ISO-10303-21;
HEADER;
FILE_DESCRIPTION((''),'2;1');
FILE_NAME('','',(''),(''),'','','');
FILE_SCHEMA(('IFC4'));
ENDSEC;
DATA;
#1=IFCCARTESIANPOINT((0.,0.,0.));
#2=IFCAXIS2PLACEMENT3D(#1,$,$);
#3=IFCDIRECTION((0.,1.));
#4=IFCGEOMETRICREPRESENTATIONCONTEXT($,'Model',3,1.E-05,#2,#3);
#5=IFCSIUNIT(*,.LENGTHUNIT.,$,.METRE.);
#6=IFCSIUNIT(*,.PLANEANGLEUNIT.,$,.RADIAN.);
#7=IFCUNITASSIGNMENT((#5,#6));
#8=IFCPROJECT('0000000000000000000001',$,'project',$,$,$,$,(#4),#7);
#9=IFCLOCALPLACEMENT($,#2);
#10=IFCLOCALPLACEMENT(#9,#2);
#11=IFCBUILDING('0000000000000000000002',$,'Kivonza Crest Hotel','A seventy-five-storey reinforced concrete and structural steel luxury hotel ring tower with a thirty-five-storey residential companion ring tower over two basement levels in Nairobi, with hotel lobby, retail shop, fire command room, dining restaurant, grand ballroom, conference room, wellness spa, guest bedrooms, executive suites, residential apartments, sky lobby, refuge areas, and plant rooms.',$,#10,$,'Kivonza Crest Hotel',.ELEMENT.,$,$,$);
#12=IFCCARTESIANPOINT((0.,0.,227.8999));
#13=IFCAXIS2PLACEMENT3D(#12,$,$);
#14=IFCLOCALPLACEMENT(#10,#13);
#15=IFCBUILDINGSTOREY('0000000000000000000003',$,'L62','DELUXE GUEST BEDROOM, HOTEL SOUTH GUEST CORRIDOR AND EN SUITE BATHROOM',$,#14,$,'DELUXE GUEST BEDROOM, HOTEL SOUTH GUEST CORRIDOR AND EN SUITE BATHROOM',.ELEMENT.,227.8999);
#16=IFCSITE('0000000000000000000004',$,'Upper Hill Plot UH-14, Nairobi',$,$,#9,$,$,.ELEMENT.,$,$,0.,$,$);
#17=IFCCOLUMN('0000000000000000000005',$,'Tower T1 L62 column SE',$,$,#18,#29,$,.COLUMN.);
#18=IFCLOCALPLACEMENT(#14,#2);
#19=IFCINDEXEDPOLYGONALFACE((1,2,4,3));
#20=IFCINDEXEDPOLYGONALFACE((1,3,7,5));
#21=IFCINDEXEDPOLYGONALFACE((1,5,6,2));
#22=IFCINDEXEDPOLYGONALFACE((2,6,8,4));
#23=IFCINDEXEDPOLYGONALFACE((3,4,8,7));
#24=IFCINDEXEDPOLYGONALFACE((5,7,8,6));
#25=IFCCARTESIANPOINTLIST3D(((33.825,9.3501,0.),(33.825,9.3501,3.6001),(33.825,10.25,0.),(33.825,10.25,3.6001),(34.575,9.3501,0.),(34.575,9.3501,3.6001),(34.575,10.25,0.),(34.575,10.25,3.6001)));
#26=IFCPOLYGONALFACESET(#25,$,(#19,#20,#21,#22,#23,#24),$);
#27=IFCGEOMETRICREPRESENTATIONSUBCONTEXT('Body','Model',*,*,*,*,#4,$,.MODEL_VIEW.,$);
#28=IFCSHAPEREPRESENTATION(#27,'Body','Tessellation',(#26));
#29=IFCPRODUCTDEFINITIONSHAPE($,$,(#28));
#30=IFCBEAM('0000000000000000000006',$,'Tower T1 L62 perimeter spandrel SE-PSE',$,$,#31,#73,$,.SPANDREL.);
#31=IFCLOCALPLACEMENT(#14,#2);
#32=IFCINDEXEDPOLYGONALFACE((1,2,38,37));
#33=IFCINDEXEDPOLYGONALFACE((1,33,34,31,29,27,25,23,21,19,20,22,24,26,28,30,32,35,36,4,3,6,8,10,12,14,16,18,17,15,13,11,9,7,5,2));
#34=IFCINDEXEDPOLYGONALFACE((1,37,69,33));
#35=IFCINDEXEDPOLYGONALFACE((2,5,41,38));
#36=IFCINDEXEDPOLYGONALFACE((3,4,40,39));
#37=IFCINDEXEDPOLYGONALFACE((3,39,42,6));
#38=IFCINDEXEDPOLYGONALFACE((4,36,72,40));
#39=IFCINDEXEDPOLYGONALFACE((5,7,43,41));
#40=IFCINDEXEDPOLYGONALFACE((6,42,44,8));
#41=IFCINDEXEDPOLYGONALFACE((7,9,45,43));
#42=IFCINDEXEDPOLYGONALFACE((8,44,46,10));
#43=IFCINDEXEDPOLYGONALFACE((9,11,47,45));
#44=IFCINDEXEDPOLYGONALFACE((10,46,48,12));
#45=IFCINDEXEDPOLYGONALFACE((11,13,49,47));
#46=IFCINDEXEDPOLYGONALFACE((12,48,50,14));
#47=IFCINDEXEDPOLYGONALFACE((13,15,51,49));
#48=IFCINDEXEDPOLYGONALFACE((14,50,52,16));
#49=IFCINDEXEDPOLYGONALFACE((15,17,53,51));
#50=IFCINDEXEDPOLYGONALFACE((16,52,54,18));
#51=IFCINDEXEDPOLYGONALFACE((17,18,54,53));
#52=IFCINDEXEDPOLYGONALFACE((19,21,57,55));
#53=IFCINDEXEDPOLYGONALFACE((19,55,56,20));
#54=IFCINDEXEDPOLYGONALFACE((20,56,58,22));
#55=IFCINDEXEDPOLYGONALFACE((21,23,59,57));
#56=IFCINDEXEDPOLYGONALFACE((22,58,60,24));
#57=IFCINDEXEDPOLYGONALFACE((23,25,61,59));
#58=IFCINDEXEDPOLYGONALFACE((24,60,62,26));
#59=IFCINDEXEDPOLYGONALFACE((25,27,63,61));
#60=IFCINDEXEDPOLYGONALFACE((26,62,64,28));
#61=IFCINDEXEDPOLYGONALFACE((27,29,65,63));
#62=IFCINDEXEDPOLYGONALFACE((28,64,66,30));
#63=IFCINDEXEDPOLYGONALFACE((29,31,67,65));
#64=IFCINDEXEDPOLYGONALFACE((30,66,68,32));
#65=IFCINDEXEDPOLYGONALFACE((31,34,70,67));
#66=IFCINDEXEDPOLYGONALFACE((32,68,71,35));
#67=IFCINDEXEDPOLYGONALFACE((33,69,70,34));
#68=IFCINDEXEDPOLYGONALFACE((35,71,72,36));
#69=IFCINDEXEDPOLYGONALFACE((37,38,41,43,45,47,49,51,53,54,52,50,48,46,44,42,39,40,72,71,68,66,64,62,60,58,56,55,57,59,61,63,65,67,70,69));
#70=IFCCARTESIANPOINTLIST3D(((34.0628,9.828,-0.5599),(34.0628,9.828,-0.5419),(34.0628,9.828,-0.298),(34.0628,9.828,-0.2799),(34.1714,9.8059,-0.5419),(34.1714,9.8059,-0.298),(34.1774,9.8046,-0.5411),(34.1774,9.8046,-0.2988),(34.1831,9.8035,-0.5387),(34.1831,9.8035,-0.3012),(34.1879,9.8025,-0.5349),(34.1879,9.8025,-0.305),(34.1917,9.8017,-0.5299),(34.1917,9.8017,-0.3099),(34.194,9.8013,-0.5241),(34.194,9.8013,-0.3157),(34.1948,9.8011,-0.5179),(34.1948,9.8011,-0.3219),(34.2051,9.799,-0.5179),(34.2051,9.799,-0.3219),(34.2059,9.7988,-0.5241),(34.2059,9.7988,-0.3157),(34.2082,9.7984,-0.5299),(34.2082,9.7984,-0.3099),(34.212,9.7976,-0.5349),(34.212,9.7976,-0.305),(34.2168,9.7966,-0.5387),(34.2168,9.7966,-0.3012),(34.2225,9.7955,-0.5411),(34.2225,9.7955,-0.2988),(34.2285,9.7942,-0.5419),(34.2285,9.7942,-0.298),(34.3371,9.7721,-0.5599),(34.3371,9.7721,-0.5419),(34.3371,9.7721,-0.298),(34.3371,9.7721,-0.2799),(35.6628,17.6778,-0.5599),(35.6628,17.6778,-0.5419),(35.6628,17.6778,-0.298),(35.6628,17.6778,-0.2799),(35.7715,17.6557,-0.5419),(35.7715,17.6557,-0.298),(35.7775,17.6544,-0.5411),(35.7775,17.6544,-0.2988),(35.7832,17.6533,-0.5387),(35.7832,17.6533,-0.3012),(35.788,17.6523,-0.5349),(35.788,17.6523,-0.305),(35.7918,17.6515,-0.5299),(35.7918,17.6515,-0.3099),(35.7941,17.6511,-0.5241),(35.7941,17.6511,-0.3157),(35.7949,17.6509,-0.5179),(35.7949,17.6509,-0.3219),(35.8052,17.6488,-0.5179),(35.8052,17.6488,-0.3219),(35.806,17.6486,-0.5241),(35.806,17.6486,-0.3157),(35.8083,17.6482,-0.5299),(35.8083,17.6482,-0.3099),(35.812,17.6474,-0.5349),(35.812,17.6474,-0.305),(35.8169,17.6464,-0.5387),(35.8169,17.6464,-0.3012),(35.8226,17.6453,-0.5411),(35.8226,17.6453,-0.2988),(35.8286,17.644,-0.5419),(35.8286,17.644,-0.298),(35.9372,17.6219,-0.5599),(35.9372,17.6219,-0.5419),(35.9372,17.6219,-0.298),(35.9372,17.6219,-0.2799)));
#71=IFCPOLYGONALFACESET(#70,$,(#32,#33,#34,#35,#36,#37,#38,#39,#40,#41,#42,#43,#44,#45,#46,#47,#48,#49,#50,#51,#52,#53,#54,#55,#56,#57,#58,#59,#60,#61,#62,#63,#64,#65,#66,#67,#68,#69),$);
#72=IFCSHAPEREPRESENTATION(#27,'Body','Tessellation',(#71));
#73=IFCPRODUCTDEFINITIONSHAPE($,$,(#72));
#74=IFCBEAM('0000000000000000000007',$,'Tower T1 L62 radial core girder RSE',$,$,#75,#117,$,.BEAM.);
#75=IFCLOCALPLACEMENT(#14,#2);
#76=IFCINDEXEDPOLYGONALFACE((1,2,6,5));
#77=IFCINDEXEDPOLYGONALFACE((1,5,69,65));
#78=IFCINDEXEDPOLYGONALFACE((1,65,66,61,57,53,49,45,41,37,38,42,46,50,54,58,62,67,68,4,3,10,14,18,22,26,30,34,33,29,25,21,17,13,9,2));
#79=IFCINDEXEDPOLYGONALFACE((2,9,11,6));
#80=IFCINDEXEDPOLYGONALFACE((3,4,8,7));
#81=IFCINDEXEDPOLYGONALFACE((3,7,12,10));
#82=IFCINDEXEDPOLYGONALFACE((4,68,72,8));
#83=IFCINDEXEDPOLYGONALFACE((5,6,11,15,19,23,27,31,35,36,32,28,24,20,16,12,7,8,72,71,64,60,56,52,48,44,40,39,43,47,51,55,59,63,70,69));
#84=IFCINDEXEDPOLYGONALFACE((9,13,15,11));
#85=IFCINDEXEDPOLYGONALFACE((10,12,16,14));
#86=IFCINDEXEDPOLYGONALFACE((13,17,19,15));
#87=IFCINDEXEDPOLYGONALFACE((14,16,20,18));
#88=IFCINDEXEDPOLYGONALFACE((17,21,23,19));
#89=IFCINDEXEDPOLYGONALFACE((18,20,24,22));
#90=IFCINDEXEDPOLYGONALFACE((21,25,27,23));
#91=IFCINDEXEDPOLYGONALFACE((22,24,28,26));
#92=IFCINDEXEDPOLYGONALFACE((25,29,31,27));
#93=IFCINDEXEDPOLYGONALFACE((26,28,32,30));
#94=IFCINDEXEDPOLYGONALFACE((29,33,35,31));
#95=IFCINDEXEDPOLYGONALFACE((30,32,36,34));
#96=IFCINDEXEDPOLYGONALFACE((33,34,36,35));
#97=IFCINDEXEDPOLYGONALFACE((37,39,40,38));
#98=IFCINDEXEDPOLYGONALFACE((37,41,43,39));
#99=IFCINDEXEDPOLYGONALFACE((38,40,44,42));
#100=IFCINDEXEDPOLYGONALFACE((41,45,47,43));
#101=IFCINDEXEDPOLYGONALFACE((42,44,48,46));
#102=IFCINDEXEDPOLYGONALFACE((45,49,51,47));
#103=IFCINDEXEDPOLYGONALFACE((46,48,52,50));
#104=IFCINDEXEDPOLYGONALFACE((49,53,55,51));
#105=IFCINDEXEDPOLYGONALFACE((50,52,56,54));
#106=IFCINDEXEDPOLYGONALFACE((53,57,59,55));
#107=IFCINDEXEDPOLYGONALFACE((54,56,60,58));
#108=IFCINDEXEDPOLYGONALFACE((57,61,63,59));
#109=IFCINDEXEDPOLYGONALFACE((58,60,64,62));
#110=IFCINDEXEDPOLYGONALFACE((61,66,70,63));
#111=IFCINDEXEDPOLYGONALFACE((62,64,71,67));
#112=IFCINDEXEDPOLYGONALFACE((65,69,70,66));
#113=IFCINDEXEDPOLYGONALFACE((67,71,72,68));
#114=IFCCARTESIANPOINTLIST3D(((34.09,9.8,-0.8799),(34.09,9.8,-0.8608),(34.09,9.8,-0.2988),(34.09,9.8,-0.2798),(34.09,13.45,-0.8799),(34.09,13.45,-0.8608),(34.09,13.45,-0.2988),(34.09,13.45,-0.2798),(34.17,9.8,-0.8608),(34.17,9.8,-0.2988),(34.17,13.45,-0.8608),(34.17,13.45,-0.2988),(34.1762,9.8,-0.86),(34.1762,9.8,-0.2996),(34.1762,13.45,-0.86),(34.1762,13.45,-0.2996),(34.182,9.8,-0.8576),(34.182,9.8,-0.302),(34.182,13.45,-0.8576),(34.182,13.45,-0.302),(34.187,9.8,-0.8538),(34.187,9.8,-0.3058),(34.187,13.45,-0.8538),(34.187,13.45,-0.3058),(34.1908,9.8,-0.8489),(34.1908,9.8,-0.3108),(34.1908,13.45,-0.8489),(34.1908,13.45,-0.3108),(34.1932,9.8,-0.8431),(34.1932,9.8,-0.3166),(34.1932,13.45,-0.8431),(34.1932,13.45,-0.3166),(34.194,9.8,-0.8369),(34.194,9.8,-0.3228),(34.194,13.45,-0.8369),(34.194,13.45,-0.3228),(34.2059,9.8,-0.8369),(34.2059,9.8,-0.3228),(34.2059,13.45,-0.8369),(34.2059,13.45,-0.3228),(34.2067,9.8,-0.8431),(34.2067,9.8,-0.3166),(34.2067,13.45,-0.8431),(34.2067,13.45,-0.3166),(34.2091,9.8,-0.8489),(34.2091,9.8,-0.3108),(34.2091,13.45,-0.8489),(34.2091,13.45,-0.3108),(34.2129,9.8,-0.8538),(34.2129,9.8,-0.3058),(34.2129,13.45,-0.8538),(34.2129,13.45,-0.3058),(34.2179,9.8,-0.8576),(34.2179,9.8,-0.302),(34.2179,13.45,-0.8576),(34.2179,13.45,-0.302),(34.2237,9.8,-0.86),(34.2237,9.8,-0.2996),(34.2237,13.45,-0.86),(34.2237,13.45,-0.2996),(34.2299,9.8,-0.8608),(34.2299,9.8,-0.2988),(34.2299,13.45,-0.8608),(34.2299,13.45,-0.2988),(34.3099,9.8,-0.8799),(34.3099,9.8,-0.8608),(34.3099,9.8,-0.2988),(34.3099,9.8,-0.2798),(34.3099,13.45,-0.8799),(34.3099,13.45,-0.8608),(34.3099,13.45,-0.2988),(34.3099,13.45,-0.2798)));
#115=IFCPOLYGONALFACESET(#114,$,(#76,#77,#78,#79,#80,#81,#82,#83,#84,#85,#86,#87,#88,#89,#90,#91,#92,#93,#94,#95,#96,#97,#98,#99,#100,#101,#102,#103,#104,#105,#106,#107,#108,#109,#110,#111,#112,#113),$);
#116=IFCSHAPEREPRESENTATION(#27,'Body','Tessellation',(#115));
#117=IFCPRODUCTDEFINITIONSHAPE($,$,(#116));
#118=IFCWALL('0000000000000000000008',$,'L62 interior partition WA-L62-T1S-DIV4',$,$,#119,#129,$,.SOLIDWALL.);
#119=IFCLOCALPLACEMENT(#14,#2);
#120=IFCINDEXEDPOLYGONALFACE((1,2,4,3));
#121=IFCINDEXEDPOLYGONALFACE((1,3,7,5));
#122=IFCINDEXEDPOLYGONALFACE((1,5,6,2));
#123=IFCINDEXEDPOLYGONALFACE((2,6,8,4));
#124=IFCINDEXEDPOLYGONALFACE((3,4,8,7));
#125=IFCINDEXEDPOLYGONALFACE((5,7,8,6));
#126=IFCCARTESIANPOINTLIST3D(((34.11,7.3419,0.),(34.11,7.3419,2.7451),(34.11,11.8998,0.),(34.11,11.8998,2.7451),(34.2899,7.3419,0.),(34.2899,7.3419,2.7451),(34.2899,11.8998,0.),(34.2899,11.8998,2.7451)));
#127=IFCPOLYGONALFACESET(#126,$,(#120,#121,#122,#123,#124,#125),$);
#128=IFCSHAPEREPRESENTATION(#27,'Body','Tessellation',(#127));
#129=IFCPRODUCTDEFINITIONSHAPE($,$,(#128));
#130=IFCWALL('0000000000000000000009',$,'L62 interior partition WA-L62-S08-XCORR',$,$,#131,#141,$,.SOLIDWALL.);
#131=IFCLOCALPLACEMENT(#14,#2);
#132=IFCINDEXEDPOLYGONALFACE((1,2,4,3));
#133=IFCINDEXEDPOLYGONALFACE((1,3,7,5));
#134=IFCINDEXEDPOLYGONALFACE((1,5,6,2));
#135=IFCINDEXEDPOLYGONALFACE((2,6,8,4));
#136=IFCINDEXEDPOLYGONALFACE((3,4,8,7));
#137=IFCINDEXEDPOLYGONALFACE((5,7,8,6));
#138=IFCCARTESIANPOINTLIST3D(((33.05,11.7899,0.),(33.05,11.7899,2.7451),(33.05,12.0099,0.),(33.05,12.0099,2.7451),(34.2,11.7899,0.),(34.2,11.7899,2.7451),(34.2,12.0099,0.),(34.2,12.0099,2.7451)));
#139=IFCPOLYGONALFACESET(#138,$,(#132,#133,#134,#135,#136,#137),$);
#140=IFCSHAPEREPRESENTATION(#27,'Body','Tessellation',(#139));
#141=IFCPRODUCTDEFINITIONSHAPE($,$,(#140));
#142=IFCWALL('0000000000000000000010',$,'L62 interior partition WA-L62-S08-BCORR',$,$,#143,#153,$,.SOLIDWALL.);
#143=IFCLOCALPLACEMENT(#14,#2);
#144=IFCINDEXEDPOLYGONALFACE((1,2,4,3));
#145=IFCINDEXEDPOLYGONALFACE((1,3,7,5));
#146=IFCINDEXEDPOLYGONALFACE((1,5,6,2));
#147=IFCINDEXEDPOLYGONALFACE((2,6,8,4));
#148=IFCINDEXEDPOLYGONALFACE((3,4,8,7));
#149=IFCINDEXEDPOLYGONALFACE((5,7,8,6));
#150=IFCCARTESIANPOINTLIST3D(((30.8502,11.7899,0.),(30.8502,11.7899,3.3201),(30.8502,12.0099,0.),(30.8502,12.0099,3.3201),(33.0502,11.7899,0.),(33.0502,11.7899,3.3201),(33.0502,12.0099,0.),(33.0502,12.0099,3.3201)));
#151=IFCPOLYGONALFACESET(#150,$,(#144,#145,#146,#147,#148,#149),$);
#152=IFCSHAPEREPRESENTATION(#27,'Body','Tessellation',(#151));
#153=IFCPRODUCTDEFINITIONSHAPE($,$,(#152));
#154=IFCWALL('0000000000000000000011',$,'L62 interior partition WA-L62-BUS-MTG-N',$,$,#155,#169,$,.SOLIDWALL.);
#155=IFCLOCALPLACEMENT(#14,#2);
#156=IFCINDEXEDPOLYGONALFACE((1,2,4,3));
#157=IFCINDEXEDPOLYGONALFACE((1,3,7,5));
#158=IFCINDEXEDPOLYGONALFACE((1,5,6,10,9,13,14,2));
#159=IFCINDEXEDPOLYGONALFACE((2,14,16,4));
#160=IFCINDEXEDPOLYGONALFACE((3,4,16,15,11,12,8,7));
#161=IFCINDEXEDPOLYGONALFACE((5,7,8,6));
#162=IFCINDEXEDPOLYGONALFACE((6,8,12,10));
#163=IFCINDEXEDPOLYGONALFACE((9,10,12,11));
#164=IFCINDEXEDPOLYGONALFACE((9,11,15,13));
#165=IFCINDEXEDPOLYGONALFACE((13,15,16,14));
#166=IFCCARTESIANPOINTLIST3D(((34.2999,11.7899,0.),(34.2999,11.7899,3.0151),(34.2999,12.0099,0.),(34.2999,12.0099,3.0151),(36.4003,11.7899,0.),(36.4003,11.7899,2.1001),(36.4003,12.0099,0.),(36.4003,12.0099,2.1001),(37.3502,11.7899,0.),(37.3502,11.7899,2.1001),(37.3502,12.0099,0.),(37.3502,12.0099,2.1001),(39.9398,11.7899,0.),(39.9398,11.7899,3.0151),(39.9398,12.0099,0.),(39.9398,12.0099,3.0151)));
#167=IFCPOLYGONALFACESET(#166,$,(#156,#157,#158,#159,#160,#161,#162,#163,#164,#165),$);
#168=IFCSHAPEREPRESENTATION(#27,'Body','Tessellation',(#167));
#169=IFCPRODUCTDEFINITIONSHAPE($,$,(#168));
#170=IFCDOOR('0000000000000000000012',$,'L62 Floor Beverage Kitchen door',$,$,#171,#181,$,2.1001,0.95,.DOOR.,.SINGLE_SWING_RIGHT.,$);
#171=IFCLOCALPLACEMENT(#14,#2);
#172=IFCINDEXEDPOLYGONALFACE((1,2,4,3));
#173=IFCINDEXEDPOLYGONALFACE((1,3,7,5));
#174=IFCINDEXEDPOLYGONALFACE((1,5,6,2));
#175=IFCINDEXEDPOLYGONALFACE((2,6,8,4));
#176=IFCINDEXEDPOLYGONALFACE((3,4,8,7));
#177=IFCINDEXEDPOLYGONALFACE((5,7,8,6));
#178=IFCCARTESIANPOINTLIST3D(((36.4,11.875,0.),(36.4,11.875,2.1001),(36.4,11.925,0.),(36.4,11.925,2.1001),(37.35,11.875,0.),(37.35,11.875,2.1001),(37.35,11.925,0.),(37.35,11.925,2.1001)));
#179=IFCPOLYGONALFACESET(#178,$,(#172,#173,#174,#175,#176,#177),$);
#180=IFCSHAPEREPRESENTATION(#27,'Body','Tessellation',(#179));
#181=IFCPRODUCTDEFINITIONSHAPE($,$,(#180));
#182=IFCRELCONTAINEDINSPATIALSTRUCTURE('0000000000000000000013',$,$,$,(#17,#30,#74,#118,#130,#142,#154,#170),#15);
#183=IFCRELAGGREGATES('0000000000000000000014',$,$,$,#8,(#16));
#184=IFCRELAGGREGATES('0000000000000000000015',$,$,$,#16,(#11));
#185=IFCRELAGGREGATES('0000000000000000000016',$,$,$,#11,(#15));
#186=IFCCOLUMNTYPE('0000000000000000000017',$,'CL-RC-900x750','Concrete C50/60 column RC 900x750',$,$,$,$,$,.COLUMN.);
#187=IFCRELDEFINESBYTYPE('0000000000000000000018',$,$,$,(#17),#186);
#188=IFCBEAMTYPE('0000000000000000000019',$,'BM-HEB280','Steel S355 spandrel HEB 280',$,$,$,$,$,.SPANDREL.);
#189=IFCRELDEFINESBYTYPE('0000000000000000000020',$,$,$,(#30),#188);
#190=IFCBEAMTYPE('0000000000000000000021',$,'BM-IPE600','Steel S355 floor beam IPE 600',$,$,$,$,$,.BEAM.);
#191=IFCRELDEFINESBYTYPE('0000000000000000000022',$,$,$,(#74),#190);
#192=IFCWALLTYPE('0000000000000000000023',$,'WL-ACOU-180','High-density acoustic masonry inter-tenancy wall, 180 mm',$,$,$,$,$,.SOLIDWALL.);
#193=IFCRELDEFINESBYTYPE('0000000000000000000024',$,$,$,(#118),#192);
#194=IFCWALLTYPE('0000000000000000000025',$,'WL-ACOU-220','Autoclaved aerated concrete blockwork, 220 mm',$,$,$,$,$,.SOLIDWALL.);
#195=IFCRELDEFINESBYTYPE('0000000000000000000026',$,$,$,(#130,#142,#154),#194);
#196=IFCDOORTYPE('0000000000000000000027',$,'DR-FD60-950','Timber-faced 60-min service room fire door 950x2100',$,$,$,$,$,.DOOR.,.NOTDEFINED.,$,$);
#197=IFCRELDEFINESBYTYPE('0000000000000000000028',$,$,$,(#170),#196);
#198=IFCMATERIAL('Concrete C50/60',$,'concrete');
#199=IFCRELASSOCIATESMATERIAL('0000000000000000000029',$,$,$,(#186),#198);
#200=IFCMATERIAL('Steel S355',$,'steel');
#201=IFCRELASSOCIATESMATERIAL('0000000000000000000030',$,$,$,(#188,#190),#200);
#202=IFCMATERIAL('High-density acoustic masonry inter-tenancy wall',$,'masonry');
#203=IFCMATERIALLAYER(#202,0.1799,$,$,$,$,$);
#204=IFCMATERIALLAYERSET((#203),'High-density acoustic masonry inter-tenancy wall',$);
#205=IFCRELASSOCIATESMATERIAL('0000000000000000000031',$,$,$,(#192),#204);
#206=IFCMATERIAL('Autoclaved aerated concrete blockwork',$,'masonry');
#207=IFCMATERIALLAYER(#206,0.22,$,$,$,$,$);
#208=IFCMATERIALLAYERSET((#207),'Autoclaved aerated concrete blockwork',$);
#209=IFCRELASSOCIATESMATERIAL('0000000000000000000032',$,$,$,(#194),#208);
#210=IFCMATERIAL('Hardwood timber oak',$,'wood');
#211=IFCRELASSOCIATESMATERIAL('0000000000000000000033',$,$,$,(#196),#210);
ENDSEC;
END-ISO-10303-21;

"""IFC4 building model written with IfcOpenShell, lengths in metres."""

from ifc_helpers import new_model, si_unit, direction, frame, frame_2d, origin, origin_2d, place, context, subcontext, project, spatial, rectangle, i_section, extrude, material, layer, layer_set, material_profile, profile_set, type_object, element, fill, save


model = new_model("IFC4")

# Units and contexts
model_context = context("Model", 3, precision=1e-05, world=origin(), true_north=direction((0.0, 1.0)))
body_context = subcontext(model_context, "Body", "Model", "MODEL_VIEW")
ifc_project = project(units=[si_unit("LENGTHUNIT", "METRE"), si_unit("PLANEANGLEUNIT", "RADIAN")], contexts=[model_context])

# Site, building, storey
site_placement = place(None, origin())
site = spatial("IfcSite", under=ifc_project, at=site_placement, Name="Upper Hill Plot UH-14, Nairobi", CompositionType="ELEMENT", RefElevation=0.0)
building_placement = place(site_placement, origin())
building = spatial("IfcBuilding", under=site, at=building_placement, Name="Kivonza Crest Hotel", Description="A seventy-five-storey reinforced concrete and structural steel luxury hotel ring tower with a thirty-five-storey residential companion ring tower over two basement levels in Nairobi, with hotel lobby, retail shop, fire command room, dining restaurant, grand ballroom, conference room, wellness spa, guest bedrooms, executive suites, residential apartments, sky lobby, refuge areas, and plant rooms.", LongName="Kivonza Crest Hotel", CompositionType="ELEMENT")
storey_placement = place(building_placement, frame((0.0, 0.0, 227.8999)))
storey = spatial("IfcBuildingStorey", under=building, at=storey_placement, Name="L62", Description="DELUXE GUEST BEDROOM, HOTEL SOUTH GUEST CORRIDOR AND EN SUITE BATHROOM", LongName="DELUXE GUEST BEDROOM, HOTEL SOUTH GUEST CORRIDOR AND EN SUITE BATHROOM", CompositionType="ELEMENT", Elevation=227.8999)

# Column
ifc_material_1 = material(Name="Concrete C50/60", Category="concrete")
ifc_material_profile_1 = material_profile(ifc_material_1, rectangle(XDim=0.75, YDim=0.8999, at=origin_2d()), Name="RC 900x750")
ifc_profile_set_1 = profile_set([ifc_material_profile_1], Name="Concrete C50/60")
column_type = type_object("IfcColumnType", Name="CL-RC-900x750", Description="Concrete C50/60 column RC 900x750", PredefinedType="COLUMN", material=ifc_profile_set_1)
column_placement = place(storey_placement, frame((34.2, 9.8, 0.0), z_axis=(0.0, 0.0, 1.0), x_axis=(1.0, 0.0, 0.0)))
element("IfcColumn", 1, at=column_placement, inside=storey, type_object=column_type, Name="Tower T1 L62 column SE", PredefinedType="COLUMN", context=body_context, shape_type="SweptSolid", body=[
    extrude(rectangle(XDim=0.75, YDim=0.8999, at=origin_2d()), origin(), (0.0, 0.0, 1.0), 3.6001),
])

# Beams
ifc_material_2 = material(Name="Steel S355", Category="steel")
ifc_material_profile_2 = material_profile(ifc_material_2, i_section(OverallWidth=0.28, OverallDepth=0.28, WebThickness=0.0105, FlangeThickness=0.0181, FilletRadius=0.0239, at=origin_2d()), Name="HEB 280")
ifc_profile_set_2 = profile_set([ifc_material_profile_2], Name="Steel S355")
beam_type_1 = type_object("IfcBeamType", Name="BM-HEB280", Description="Steel S355 spandrel HEB 280", PredefinedType="SPANDREL", material=ifc_profile_set_2)
beam_1_placement = place(storey_placement, frame((34.2, 9.8, -0.4199), z_axis=(0.199731, 0.979851, 0.0), x_axis=(-0.979851, 0.199731, 0.0)))
element("IfcBeam", 2, at=beam_1_placement, inside=storey, type_object=beam_type_1, Name="Tower T1 L62 perimeter spandrel SE-PSE", PredefinedType="SPANDREL", context=body_context, shape_type="SweptSolid", body=[
    extrude(i_section(OverallWidth=0.28, OverallDepth=0.28, WebThickness=0.0105, FlangeThickness=0.0181, FilletRadius=0.0239, at=origin_2d()), origin(), (0.0, 0.0, 1.0), 8.0112),
])
ifc_material_profile_3 = material_profile(ifc_material_2, i_section(OverallWidth=0.22, OverallDepth=0.6001, WebThickness=0.012, FlangeThickness=0.019, FilletRadius=0.0239, at=origin_2d()), Name="IPE 600")
ifc_profile_set_3 = profile_set([ifc_material_profile_3], Name="Steel S355")
beam_type_2 = type_object("IfcBeamType", Name="BM-IPE600", Description="Steel S355 floor beam IPE 600", PredefinedType="BEAM", material=ifc_profile_set_3)
beam_2_placement = place(storey_placement, frame((34.2, 9.8, -0.5798), z_axis=(0.0, 1.0, 0.0), x_axis=(-1.0, 0.0, 0.0)))
element("IfcBeam", 3, at=beam_2_placement, inside=storey, type_object=beam_type_2, Name="Tower T1 L62 radial core girder RSE", PredefinedType="BEAM", context=body_context, shape_type="SweptSolid", body=[
    extrude(i_section(OverallWidth=0.22, OverallDepth=0.6001, WebThickness=0.012, FlangeThickness=0.019, FilletRadius=0.0239, at=origin_2d()), origin(), (0.0, 0.0, 1.0), 3.6499),
])

# Walls
ifc_material_3 = material(Name="High-density acoustic masonry inter-tenancy wall", Category="masonry")
ifc_layer_1 = layer(ifc_material_3, 0.1799)
ifc_layer_set_1 = layer_set([ifc_layer_1], Name="High-density acoustic masonry inter-tenancy wall")
wall_type_1 = type_object("IfcWallType", Name="WL-ACOU-180", Description="High-density acoustic masonry inter-tenancy wall, 180 mm", PredefinedType="SOLIDWALL", material=ifc_layer_set_1)
wall_1_placement = place(storey_placement, frame((34.2, 7.342, 0.0), z_axis=(0.0, 0.0, 1.0), x_axis=(0.0, 1.0, 0.0)))
element("IfcWall", 4, at=wall_1_placement, inside=storey, type_object=wall_type_1, Name="L62 interior partition WA-L62-T1S-DIV4", PredefinedType="SOLIDWALL", context=body_context, shape_type="SweptSolid", body=[
    extrude(rectangle(XDim=4.5579, YDim=0.1799, at=frame_2d((2.2788, 0.0))), origin(), (0.0, 0.0, 1.0), 2.7451),
])
ifc_material_4 = material(Name="Autoclaved aerated concrete blockwork", Category="masonry")
ifc_layer_2 = layer(ifc_material_4, 0.22)
ifc_layer_set_2 = layer_set([ifc_layer_2], Name="Autoclaved aerated concrete blockwork")
wall_type_2 = type_object("IfcWallType", Name="WL-ACOU-220", Description="Autoclaved aerated concrete blockwork, 220 mm", PredefinedType="SOLIDWALL", material=ifc_layer_set_2)
wall_2_placement = place(storey_placement, frame((33.05, 11.8999, 0.0), z_axis=(0.0, 0.0, 1.0), x_axis=(1.0, 0.0, 0.0)))
element("IfcWall", 5, at=wall_2_placement, inside=storey, type_object=wall_type_2, Name="L62 interior partition WA-L62-S08-XCORR", PredefinedType="SOLIDWALL", context=body_context, shape_type="SweptSolid", body=[
    extrude(rectangle(XDim=1.1499, YDim=0.22, at=frame_2d((0.575, 0.0))), origin(), (0.0, 0.0, 1.0), 2.7451),
])
wall_3_placement = place(storey_placement, frame((30.8501, 11.8999, 0.0), z_axis=(0.0, 0.0, 1.0), x_axis=(1.0, 0.0, 0.0)))
element("IfcWall", 6, at=wall_3_placement, inside=storey, type_object=wall_type_2, Name="L62 interior partition WA-L62-S08-BCORR", PredefinedType="SOLIDWALL", context=body_context, shape_type="SweptSolid", body=[
    extrude(rectangle(XDim=2.2, YDim=0.22, at=frame_2d((1.1001, 0.0))), origin(), (0.0, 0.0, 1.0), 3.3201),
])

# Wall, opening, door
wall_4_placement = place(storey_placement, frame((34.3, 11.8999, 0.0), z_axis=(0.0, 0.0, 1.0), x_axis=(1.0, 0.0, 0.0)))
wall_4 = element("IfcWall", 7, at=wall_4_placement, inside=storey, type_object=wall_type_2, Name="L62 interior partition WA-L62-BUS-MTG-N", PredefinedType="SOLIDWALL", context=body_context, shape_type="SweptSolid", body=[
    extrude(rectangle(XDim=5.6399, YDim=0.22, at=frame_2d((2.8198, 0.0))), origin(), (0.0, 0.0, 1.0), 3.0151),
])
opening_1_placement = place(wall_4_placement, frame((2.1001, 0.0, 0.0)))
opening_1 = element("IfcOpeningElement", 8, at=opening_1_placement, cuts=wall_4, PredefinedType="OPENING", context=body_context, shape_type="SweptSolid", body=[
    extrude(rectangle(XDim=0.95, YDim=2.1001, at=frame_2d((0.4751, 1.05))), frame((0.0, 0.1201, 0.0), z_axis=(0.0, -1.0, 0.0), x_axis=(1.0, 0.0, 0.0)), (0.0, 0.0, 1.0), 0.24),
])
ifc_material_5 = material(Name="Hardwood timber oak", Category="wood")
door_type_1 = type_object("IfcDoorType", Name="DR-FD60-950", Description="Timber-faced 60-min service room fire door 950x2100", OperationType="NOTDEFINED", PredefinedType="DOOR", material=ifc_material_5)
door_1_placement = place(opening_1_placement, frame((0.95, 0.0, 0.0), z_axis=(0.0, 0.0, 1.0), x_axis=(-1.0, 0.0, 0.0)))
door_1 = element("IfcDoor", 9, at=door_1_placement, inside=storey, type_object=door_type_1, Name="L62 Floor Beverage Kitchen door", OperationType="SINGLE_SWING_RIGHT", OverallHeight=2.1001, OverallWidth=0.95, PredefinedType="DOOR", context=body_context, shape_type="SweptSolid", body=[
    extrude(rectangle(XDim=0.95, YDim=2.1001, at=frame_2d((0.4751, 1.05))), frame((0.0, 0.0249, 0.0), z_axis=(0.0, -1.0, 0.0), x_axis=(1.0, 0.0, 0.0)), (0.0, 0.0, 1.0), 0.05),
])
fill(opening_1, door_1)

save(model, "model.ifc")
